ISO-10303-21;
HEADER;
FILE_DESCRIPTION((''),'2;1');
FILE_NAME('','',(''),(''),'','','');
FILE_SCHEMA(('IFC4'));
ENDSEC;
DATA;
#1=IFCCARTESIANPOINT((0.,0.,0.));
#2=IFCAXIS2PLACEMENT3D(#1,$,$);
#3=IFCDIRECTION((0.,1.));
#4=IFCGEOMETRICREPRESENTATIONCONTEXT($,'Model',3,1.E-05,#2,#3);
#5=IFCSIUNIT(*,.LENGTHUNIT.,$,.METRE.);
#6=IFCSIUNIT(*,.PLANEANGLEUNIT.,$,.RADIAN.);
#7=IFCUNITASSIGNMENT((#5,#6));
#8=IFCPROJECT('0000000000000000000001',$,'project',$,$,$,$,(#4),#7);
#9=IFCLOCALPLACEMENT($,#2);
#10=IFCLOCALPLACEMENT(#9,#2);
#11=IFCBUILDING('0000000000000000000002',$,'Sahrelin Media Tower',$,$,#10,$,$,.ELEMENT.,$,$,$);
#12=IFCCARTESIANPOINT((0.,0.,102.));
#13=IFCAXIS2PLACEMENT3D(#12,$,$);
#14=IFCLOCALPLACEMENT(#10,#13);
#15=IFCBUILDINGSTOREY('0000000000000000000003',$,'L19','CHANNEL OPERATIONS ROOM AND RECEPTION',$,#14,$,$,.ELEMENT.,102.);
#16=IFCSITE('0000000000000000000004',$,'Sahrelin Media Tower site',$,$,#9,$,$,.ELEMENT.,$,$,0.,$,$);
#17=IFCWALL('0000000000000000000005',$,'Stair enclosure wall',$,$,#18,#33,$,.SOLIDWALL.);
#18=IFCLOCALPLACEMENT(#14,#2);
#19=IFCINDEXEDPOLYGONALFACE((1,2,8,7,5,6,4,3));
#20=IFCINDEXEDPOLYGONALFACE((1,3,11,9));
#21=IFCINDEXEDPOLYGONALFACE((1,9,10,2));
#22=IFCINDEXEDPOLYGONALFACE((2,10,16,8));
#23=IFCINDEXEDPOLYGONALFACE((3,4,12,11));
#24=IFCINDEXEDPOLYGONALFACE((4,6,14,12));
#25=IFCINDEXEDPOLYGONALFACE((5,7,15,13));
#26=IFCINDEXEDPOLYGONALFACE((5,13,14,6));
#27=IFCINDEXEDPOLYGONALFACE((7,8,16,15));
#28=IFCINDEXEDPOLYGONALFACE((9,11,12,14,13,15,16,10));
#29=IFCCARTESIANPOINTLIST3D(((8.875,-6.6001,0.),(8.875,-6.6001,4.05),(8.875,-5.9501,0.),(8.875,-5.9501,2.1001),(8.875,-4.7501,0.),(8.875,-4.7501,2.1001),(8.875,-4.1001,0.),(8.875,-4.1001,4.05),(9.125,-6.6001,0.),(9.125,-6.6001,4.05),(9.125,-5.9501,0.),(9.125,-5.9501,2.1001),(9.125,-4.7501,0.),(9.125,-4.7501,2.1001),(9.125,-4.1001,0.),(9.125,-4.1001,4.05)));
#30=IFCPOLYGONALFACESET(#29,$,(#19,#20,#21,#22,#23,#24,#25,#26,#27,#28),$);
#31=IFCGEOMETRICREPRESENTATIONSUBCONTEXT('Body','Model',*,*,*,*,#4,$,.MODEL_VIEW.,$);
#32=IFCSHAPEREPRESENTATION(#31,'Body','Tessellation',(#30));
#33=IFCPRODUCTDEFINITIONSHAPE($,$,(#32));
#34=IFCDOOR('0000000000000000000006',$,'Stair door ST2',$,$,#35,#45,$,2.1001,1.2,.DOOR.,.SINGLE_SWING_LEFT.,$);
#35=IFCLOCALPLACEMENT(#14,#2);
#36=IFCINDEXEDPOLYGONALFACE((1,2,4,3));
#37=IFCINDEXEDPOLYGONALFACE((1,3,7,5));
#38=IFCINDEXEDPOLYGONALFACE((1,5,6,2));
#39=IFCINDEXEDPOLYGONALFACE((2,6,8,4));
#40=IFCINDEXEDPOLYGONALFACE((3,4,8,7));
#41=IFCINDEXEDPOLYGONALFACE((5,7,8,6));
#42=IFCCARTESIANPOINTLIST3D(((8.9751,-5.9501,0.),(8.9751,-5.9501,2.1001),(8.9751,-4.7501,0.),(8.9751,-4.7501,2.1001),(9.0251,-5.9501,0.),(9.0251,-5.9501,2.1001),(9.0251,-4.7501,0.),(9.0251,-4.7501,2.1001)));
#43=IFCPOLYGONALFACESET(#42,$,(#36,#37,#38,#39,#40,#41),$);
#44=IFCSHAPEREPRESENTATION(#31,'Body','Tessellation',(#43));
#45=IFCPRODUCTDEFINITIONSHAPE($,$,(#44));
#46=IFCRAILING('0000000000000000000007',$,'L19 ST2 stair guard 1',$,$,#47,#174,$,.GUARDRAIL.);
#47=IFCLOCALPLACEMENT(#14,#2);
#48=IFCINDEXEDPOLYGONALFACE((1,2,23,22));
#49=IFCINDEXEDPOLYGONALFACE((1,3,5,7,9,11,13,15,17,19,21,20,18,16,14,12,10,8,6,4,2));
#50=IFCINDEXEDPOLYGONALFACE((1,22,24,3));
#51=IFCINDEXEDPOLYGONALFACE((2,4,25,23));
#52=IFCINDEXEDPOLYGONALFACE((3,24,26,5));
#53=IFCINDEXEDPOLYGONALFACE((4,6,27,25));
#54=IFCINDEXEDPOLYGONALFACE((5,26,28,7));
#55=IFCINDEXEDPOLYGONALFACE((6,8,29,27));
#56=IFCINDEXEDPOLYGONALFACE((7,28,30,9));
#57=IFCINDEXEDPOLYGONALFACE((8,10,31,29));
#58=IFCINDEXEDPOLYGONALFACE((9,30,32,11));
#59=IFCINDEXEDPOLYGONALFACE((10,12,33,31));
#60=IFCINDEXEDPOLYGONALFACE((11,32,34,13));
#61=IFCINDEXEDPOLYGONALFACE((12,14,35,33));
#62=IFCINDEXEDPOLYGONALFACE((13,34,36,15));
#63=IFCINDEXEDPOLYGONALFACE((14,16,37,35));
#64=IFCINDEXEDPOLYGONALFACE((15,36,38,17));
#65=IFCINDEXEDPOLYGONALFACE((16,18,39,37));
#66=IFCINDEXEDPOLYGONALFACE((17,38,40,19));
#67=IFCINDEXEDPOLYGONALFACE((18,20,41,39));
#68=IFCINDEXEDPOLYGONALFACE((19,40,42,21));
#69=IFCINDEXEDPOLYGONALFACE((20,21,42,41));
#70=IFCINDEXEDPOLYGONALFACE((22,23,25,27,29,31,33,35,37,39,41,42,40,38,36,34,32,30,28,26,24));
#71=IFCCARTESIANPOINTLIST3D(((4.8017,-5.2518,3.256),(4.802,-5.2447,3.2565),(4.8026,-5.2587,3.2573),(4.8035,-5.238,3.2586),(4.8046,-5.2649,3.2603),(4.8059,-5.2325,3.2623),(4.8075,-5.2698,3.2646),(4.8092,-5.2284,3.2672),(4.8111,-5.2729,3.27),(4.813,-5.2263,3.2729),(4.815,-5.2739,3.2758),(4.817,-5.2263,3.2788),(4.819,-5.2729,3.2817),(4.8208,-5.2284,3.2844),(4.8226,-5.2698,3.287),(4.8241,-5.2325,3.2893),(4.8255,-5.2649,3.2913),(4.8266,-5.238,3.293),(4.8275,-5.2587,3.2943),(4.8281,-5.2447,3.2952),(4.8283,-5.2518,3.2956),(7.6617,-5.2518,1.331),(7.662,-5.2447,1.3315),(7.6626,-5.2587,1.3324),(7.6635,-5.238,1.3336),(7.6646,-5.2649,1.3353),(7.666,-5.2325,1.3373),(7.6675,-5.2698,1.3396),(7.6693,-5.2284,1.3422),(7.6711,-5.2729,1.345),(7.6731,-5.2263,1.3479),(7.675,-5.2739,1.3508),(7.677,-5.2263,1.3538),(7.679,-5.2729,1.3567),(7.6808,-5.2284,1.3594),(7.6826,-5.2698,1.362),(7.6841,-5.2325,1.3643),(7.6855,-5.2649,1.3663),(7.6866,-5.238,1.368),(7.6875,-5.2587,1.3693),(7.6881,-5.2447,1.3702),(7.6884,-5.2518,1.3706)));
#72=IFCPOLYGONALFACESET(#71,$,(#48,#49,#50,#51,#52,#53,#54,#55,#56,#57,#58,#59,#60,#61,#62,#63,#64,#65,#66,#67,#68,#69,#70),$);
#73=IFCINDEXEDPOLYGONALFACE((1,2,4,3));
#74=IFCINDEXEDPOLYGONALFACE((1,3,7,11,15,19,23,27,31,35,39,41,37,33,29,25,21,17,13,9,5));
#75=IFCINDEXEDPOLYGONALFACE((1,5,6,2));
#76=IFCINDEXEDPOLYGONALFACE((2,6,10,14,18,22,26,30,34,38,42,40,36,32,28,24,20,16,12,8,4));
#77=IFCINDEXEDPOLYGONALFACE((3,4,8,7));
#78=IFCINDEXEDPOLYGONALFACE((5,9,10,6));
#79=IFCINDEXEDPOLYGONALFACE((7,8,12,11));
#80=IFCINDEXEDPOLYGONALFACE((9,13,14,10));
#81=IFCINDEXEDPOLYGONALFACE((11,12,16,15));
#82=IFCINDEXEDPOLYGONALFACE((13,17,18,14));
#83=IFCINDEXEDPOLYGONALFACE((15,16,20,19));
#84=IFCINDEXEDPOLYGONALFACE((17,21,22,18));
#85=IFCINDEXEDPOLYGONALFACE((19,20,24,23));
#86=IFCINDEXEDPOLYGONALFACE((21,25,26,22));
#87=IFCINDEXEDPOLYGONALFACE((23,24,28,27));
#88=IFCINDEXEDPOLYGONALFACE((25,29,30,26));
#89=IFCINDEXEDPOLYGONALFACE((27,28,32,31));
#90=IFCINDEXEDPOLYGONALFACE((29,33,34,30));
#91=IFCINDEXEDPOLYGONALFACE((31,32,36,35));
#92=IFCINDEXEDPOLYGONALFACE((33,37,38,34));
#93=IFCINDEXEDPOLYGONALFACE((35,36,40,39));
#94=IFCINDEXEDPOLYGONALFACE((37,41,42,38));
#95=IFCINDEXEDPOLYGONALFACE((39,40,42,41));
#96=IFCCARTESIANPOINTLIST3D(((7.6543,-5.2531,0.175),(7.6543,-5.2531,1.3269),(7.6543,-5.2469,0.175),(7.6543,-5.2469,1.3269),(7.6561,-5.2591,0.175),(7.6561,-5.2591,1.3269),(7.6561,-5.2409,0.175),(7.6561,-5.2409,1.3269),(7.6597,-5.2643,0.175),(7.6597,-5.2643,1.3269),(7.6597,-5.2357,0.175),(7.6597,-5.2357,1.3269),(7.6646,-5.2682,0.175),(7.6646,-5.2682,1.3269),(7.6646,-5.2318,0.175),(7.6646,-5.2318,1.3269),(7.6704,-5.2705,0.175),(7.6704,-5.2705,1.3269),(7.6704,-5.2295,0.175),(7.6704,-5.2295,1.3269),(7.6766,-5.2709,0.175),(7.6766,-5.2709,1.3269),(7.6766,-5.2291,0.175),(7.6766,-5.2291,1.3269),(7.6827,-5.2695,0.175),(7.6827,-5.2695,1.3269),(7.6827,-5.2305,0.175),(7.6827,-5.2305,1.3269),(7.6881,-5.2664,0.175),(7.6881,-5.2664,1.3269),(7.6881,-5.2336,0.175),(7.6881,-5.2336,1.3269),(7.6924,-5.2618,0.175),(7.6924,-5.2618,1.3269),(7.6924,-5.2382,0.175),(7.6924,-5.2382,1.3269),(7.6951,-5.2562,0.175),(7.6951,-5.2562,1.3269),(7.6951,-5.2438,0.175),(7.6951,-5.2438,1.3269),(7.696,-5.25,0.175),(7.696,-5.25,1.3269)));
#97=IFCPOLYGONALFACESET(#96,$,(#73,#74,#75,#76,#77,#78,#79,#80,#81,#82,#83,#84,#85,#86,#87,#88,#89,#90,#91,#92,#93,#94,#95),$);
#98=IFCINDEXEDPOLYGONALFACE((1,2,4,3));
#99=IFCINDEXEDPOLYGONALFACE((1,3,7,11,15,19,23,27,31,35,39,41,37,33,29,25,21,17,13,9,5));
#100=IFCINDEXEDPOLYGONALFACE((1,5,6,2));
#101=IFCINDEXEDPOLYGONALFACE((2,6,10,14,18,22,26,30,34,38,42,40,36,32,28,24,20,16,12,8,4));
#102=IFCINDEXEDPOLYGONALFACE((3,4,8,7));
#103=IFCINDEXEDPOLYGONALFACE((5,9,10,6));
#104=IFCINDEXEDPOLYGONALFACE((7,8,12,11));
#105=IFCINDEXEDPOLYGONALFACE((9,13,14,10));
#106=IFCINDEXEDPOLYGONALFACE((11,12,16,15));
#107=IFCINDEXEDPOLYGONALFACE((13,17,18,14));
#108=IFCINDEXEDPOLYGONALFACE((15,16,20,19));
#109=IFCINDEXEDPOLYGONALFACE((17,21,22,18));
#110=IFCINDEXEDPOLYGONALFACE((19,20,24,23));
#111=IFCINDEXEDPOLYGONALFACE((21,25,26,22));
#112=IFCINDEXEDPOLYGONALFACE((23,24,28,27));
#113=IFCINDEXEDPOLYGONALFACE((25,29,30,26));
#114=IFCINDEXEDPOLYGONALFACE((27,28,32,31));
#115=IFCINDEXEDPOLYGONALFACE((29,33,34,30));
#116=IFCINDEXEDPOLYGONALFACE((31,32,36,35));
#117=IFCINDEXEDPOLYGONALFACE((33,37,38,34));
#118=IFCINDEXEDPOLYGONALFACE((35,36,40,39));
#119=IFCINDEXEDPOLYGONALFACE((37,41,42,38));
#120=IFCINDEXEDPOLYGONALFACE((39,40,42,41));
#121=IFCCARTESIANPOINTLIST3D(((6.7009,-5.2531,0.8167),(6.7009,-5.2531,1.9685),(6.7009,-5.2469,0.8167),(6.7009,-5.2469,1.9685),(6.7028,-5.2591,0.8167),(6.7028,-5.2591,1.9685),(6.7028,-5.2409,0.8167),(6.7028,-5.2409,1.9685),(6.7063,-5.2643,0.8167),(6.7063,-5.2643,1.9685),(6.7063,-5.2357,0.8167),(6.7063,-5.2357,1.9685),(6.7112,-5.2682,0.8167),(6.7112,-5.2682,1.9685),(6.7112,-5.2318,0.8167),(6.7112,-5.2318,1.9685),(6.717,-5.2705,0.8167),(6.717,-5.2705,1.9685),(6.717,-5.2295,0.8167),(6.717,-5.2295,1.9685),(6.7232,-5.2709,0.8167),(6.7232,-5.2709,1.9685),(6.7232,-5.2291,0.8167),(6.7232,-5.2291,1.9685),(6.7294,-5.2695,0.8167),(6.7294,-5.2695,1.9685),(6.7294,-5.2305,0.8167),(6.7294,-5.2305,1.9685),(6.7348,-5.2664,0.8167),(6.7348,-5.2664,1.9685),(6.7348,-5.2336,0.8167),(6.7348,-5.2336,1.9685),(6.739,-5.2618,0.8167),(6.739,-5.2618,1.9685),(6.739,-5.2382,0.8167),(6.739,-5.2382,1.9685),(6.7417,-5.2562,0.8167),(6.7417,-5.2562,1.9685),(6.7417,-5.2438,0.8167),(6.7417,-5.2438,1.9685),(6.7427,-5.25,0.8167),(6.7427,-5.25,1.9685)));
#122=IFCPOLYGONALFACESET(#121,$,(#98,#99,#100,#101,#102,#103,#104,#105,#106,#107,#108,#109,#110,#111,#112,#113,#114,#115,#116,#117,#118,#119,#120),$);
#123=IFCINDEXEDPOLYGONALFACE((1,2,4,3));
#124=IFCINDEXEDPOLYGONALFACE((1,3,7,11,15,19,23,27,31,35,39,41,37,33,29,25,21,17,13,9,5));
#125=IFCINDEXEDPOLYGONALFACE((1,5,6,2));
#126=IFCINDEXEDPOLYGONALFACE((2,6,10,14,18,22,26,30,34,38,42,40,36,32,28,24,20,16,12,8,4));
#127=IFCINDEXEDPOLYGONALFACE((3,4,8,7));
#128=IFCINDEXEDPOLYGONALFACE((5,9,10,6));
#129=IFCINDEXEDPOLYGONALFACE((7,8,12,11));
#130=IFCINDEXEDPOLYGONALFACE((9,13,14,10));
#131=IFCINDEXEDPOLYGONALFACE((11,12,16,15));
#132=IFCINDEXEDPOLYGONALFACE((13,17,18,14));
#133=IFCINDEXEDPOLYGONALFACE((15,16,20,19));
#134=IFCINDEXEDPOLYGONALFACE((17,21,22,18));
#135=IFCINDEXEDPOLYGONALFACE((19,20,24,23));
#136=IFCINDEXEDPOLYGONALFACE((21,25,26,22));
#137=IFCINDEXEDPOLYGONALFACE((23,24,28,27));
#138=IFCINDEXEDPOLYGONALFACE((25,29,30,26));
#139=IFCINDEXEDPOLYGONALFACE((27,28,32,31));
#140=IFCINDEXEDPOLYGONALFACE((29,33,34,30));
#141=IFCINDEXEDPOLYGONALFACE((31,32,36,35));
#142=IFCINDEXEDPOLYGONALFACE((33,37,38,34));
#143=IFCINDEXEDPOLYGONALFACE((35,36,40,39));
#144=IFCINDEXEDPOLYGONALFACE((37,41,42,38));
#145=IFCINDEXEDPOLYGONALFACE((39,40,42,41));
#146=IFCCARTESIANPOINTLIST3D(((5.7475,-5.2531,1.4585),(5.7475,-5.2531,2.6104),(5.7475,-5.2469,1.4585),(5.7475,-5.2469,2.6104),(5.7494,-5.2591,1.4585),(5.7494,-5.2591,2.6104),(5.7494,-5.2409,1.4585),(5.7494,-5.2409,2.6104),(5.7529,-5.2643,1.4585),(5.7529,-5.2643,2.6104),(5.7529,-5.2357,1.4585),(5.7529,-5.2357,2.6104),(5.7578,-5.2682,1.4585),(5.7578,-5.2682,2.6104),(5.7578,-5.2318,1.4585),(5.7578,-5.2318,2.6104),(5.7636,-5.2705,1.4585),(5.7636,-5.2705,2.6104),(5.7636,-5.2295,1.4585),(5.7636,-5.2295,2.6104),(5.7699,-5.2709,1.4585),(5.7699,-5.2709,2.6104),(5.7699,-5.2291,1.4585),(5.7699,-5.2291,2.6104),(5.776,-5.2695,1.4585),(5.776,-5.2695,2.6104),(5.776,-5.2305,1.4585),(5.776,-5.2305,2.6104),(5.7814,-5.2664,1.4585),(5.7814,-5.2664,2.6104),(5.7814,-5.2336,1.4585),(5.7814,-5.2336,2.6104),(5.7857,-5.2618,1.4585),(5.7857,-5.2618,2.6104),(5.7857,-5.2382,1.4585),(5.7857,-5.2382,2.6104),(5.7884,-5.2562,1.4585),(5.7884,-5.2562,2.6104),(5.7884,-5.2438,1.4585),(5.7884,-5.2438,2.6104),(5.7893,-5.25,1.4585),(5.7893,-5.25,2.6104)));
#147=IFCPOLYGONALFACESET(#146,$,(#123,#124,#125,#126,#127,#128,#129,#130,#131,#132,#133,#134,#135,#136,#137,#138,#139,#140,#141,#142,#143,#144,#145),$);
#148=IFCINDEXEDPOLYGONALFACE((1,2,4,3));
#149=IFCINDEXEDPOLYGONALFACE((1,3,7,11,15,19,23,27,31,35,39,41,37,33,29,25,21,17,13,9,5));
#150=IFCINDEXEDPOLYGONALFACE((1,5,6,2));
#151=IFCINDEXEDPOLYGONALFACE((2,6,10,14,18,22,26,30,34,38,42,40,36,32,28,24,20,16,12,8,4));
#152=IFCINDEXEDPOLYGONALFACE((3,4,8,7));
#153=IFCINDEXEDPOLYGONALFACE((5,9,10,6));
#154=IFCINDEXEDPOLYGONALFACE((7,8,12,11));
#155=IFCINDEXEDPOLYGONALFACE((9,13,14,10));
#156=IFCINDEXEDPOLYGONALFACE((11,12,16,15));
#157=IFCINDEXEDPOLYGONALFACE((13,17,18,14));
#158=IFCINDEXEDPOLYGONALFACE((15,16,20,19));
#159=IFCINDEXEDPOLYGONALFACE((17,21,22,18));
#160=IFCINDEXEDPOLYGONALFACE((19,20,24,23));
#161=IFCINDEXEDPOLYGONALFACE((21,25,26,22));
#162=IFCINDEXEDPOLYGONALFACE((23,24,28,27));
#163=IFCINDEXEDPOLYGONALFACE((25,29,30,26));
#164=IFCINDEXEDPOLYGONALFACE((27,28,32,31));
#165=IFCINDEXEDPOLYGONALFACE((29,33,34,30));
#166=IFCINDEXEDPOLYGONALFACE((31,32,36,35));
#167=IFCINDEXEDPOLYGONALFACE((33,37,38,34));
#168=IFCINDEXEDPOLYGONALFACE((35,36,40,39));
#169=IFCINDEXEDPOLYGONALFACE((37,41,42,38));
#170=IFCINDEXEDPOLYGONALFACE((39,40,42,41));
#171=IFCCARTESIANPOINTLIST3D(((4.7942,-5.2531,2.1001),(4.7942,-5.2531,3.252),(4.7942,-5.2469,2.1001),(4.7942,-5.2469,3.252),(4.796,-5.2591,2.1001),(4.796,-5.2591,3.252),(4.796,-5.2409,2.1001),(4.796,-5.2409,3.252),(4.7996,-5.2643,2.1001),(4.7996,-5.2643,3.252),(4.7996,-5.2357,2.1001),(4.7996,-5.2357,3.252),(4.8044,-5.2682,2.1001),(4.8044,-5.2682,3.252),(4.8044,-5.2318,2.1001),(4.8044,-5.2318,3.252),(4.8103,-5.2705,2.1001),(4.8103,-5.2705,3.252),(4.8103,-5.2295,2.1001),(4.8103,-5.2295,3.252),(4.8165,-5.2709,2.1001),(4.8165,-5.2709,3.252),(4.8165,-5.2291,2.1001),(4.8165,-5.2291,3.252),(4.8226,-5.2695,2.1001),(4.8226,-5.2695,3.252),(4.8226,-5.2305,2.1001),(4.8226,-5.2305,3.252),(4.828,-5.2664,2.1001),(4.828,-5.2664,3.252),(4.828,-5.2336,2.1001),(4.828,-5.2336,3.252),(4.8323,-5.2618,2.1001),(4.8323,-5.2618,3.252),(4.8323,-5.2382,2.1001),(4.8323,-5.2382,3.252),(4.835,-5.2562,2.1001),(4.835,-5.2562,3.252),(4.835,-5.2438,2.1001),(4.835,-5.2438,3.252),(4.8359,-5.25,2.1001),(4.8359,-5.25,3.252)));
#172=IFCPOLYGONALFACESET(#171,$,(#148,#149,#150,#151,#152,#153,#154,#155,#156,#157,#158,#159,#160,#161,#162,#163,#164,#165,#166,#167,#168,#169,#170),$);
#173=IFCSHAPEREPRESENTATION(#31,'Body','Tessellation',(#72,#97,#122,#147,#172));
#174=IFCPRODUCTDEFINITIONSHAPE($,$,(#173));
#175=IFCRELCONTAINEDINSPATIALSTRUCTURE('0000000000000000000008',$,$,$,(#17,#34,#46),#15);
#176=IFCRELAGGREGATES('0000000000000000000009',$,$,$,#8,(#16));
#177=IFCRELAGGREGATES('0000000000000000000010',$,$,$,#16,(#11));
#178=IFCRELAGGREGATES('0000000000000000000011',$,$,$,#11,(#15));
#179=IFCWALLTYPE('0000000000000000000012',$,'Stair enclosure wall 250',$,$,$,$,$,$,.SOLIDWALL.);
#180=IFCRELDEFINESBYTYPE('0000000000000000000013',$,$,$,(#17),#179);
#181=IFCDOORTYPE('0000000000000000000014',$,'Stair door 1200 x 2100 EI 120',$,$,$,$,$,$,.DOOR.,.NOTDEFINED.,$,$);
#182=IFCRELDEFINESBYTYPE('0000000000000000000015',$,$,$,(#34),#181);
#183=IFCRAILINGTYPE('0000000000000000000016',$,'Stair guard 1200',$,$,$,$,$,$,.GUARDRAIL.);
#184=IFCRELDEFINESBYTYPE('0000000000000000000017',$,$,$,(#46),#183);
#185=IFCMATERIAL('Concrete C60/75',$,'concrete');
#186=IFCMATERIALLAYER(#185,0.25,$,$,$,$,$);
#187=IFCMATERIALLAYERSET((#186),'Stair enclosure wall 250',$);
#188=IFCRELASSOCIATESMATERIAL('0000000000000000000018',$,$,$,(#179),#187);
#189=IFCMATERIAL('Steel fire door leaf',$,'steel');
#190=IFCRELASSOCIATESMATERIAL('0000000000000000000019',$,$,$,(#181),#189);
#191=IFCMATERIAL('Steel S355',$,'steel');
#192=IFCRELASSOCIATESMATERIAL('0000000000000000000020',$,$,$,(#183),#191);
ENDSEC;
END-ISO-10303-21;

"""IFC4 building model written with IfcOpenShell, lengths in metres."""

from ifc_helpers import new_model, si_unit, direction, frame, frame_2d, origin, origin_2d, place, context, subcontext, project, spatial, rectangle, circle, extrude, material, layer, layer_set, type_object, element, fill, save


model = new_model("IFC4")

# Units and contexts
model_context = context("Model", 3, precision=1e-05, world=origin(), true_north=direction((0.0, 1.0)))
body_context = subcontext(model_context, "Body", "Model", "MODEL_VIEW")
ifc_project = project(units=[si_unit("LENGTHUNIT", "METRE"), si_unit("PLANEANGLEUNIT", "RADIAN")], contexts=[model_context])

# Site, building, storey
site_placement = place(None, origin())
site = spatial("IfcSite", under=ifc_project, at=site_placement, Name="Sahrelin Media Tower site", CompositionType="ELEMENT", RefElevation=0.0)
building_placement = place(site_placement, origin())
building = spatial("IfcBuilding", under=site, at=building_placement, Name="Sahrelin Media Tower", CompositionType="ELEMENT")
storey_placement = place(building_placement, frame((0.0, 0.0, 102.0)))
storey = spatial("IfcBuildingStorey", under=building, at=storey_placement, Name="L19", Description="CHANNEL OPERATIONS ROOM AND RECEPTION", CompositionType="ELEMENT", Elevation=102.0)

# Shared definitions
ifc_material_1 = material(Name="Steel S355", Category="steel")

# Shared definitions
ifc_material_2 = material(Name="Concrete C60/75", Category="concrete")

# Wall, opening, door
ifc_layer_1 = layer(ifc_material_2, 0.25)
ifc_layer_set_1 = layer_set([ifc_layer_1], Name="Stair enclosure wall 250")
wall_type_1 = type_object("IfcWallType", Name="Stair enclosure wall 250", PredefinedType="SOLIDWALL", material=ifc_layer_set_1)
wall_1_placement = place(storey_placement, frame((9.0, -6.6001, 0.0), z_axis=(0.0, 0.0, 1.0), x_axis=(0.0, 1.0, 0.0)))
wall_1 = element("IfcWall", 1, at=wall_1_placement, inside=storey, type_object=wall_type_1, Name="Stair enclosure wall", PredefinedType="SOLIDWALL", context=body_context, shape_type="SweptSolid", body=[
    extrude(rectangle(XDim=2.5, YDim=0.25, at=frame_2d((1.25, 0.0))), origin(), (0.0, 0.0, 1.0), 4.05),
])
opening_placement = place(wall_1_placement, frame((0.6499, 0.0, 0.0)))
opening = element("IfcOpeningElement", 2, at=opening_placement, cuts=wall_1, PredefinedType="OPENING", context=body_context, shape_type="SweptSolid", body=[
    extrude(rectangle(XDim=1.2, YDim=2.1001, at=frame_2d((0.6001, 1.05))), frame((0.0, 0.125, 0.0), z_axis=(0.0, -1.0, 0.0), x_axis=(1.0, 0.0, 0.0)), (0.0, 0.0, 1.0), 0.25),
])
ifc_material_3 = material(Name="Steel fire door leaf", Category="steel")
door_type = type_object("IfcDoorType", Name="Stair door 1200 x 2100 EI 120", OperationType="NOTDEFINED", PredefinedType="DOOR", material=ifc_material_3)
door_placement = place(opening_placement, origin())
door = element("IfcDoor", 3, at=door_placement, inside=storey, type_object=door_type, Name="Stair door ST2", OperationType="SINGLE_SWING_LEFT", OverallHeight=2.1001, OverallWidth=1.2, PredefinedType="DOOR", context=body_context, shape_type="SweptSolid", body=[
    extrude(rectangle(XDim=1.2, YDim=2.1001, at=frame_2d((0.6001, 1.05))), frame((0.0, 0.0249, 0.0), z_axis=(0.0, -1.0, 0.0), x_axis=(1.0, 0.0, 0.0)), (0.0, 0.0, 1.0), 0.05),
])
fill(opening, door)

# Railing
railing_type_1 = type_object("IfcRailingType", Name="Stair guard 1200", PredefinedType="GUARDRAIL", material=ifc_material_1)
railing_1_placement = place(storey_placement, frame((7.675, -5.25, 0.175)))
element("IfcRailing", 4, at=railing_1_placement, inside=storey, type_object=railing_type_1, Name="L19 ST2 stair guard 1", PredefinedType="GUARDRAIL", context=body_context, shape_type="SweptSolid", body=[
    extrude(circle(Radius=0.0239, at=origin_2d()), frame((0.0, 0.0, 1.1758), z_axis=(-0.829591, 0.0, 0.558372), x_axis=(0.0, -1.0, 0.0)), (0.0, 0.0, 1.0), 3.4475),
    extrude(circle(Radius=0.021, at=origin_2d()), origin(), (0.0, 0.0, 1.0), 1.1519),
    extrude(circle(Radius=0.021, at=origin_2d()), frame((-0.9534, 0.0, 0.6416)), (0.0, 0.0, 1.0), 1.1519),
    extrude(circle(Radius=0.021, at=origin_2d()), frame((-1.9067, 0.0, 1.2834)), (0.0, 0.0, 1.0), 1.1519),
    extrude(circle(Radius=0.021, at=origin_2d()), frame((-2.8601, 0.0, 1.925)), (0.0, 0.0, 1.0), 1.1519),
])

save(model, "model.ifc")
